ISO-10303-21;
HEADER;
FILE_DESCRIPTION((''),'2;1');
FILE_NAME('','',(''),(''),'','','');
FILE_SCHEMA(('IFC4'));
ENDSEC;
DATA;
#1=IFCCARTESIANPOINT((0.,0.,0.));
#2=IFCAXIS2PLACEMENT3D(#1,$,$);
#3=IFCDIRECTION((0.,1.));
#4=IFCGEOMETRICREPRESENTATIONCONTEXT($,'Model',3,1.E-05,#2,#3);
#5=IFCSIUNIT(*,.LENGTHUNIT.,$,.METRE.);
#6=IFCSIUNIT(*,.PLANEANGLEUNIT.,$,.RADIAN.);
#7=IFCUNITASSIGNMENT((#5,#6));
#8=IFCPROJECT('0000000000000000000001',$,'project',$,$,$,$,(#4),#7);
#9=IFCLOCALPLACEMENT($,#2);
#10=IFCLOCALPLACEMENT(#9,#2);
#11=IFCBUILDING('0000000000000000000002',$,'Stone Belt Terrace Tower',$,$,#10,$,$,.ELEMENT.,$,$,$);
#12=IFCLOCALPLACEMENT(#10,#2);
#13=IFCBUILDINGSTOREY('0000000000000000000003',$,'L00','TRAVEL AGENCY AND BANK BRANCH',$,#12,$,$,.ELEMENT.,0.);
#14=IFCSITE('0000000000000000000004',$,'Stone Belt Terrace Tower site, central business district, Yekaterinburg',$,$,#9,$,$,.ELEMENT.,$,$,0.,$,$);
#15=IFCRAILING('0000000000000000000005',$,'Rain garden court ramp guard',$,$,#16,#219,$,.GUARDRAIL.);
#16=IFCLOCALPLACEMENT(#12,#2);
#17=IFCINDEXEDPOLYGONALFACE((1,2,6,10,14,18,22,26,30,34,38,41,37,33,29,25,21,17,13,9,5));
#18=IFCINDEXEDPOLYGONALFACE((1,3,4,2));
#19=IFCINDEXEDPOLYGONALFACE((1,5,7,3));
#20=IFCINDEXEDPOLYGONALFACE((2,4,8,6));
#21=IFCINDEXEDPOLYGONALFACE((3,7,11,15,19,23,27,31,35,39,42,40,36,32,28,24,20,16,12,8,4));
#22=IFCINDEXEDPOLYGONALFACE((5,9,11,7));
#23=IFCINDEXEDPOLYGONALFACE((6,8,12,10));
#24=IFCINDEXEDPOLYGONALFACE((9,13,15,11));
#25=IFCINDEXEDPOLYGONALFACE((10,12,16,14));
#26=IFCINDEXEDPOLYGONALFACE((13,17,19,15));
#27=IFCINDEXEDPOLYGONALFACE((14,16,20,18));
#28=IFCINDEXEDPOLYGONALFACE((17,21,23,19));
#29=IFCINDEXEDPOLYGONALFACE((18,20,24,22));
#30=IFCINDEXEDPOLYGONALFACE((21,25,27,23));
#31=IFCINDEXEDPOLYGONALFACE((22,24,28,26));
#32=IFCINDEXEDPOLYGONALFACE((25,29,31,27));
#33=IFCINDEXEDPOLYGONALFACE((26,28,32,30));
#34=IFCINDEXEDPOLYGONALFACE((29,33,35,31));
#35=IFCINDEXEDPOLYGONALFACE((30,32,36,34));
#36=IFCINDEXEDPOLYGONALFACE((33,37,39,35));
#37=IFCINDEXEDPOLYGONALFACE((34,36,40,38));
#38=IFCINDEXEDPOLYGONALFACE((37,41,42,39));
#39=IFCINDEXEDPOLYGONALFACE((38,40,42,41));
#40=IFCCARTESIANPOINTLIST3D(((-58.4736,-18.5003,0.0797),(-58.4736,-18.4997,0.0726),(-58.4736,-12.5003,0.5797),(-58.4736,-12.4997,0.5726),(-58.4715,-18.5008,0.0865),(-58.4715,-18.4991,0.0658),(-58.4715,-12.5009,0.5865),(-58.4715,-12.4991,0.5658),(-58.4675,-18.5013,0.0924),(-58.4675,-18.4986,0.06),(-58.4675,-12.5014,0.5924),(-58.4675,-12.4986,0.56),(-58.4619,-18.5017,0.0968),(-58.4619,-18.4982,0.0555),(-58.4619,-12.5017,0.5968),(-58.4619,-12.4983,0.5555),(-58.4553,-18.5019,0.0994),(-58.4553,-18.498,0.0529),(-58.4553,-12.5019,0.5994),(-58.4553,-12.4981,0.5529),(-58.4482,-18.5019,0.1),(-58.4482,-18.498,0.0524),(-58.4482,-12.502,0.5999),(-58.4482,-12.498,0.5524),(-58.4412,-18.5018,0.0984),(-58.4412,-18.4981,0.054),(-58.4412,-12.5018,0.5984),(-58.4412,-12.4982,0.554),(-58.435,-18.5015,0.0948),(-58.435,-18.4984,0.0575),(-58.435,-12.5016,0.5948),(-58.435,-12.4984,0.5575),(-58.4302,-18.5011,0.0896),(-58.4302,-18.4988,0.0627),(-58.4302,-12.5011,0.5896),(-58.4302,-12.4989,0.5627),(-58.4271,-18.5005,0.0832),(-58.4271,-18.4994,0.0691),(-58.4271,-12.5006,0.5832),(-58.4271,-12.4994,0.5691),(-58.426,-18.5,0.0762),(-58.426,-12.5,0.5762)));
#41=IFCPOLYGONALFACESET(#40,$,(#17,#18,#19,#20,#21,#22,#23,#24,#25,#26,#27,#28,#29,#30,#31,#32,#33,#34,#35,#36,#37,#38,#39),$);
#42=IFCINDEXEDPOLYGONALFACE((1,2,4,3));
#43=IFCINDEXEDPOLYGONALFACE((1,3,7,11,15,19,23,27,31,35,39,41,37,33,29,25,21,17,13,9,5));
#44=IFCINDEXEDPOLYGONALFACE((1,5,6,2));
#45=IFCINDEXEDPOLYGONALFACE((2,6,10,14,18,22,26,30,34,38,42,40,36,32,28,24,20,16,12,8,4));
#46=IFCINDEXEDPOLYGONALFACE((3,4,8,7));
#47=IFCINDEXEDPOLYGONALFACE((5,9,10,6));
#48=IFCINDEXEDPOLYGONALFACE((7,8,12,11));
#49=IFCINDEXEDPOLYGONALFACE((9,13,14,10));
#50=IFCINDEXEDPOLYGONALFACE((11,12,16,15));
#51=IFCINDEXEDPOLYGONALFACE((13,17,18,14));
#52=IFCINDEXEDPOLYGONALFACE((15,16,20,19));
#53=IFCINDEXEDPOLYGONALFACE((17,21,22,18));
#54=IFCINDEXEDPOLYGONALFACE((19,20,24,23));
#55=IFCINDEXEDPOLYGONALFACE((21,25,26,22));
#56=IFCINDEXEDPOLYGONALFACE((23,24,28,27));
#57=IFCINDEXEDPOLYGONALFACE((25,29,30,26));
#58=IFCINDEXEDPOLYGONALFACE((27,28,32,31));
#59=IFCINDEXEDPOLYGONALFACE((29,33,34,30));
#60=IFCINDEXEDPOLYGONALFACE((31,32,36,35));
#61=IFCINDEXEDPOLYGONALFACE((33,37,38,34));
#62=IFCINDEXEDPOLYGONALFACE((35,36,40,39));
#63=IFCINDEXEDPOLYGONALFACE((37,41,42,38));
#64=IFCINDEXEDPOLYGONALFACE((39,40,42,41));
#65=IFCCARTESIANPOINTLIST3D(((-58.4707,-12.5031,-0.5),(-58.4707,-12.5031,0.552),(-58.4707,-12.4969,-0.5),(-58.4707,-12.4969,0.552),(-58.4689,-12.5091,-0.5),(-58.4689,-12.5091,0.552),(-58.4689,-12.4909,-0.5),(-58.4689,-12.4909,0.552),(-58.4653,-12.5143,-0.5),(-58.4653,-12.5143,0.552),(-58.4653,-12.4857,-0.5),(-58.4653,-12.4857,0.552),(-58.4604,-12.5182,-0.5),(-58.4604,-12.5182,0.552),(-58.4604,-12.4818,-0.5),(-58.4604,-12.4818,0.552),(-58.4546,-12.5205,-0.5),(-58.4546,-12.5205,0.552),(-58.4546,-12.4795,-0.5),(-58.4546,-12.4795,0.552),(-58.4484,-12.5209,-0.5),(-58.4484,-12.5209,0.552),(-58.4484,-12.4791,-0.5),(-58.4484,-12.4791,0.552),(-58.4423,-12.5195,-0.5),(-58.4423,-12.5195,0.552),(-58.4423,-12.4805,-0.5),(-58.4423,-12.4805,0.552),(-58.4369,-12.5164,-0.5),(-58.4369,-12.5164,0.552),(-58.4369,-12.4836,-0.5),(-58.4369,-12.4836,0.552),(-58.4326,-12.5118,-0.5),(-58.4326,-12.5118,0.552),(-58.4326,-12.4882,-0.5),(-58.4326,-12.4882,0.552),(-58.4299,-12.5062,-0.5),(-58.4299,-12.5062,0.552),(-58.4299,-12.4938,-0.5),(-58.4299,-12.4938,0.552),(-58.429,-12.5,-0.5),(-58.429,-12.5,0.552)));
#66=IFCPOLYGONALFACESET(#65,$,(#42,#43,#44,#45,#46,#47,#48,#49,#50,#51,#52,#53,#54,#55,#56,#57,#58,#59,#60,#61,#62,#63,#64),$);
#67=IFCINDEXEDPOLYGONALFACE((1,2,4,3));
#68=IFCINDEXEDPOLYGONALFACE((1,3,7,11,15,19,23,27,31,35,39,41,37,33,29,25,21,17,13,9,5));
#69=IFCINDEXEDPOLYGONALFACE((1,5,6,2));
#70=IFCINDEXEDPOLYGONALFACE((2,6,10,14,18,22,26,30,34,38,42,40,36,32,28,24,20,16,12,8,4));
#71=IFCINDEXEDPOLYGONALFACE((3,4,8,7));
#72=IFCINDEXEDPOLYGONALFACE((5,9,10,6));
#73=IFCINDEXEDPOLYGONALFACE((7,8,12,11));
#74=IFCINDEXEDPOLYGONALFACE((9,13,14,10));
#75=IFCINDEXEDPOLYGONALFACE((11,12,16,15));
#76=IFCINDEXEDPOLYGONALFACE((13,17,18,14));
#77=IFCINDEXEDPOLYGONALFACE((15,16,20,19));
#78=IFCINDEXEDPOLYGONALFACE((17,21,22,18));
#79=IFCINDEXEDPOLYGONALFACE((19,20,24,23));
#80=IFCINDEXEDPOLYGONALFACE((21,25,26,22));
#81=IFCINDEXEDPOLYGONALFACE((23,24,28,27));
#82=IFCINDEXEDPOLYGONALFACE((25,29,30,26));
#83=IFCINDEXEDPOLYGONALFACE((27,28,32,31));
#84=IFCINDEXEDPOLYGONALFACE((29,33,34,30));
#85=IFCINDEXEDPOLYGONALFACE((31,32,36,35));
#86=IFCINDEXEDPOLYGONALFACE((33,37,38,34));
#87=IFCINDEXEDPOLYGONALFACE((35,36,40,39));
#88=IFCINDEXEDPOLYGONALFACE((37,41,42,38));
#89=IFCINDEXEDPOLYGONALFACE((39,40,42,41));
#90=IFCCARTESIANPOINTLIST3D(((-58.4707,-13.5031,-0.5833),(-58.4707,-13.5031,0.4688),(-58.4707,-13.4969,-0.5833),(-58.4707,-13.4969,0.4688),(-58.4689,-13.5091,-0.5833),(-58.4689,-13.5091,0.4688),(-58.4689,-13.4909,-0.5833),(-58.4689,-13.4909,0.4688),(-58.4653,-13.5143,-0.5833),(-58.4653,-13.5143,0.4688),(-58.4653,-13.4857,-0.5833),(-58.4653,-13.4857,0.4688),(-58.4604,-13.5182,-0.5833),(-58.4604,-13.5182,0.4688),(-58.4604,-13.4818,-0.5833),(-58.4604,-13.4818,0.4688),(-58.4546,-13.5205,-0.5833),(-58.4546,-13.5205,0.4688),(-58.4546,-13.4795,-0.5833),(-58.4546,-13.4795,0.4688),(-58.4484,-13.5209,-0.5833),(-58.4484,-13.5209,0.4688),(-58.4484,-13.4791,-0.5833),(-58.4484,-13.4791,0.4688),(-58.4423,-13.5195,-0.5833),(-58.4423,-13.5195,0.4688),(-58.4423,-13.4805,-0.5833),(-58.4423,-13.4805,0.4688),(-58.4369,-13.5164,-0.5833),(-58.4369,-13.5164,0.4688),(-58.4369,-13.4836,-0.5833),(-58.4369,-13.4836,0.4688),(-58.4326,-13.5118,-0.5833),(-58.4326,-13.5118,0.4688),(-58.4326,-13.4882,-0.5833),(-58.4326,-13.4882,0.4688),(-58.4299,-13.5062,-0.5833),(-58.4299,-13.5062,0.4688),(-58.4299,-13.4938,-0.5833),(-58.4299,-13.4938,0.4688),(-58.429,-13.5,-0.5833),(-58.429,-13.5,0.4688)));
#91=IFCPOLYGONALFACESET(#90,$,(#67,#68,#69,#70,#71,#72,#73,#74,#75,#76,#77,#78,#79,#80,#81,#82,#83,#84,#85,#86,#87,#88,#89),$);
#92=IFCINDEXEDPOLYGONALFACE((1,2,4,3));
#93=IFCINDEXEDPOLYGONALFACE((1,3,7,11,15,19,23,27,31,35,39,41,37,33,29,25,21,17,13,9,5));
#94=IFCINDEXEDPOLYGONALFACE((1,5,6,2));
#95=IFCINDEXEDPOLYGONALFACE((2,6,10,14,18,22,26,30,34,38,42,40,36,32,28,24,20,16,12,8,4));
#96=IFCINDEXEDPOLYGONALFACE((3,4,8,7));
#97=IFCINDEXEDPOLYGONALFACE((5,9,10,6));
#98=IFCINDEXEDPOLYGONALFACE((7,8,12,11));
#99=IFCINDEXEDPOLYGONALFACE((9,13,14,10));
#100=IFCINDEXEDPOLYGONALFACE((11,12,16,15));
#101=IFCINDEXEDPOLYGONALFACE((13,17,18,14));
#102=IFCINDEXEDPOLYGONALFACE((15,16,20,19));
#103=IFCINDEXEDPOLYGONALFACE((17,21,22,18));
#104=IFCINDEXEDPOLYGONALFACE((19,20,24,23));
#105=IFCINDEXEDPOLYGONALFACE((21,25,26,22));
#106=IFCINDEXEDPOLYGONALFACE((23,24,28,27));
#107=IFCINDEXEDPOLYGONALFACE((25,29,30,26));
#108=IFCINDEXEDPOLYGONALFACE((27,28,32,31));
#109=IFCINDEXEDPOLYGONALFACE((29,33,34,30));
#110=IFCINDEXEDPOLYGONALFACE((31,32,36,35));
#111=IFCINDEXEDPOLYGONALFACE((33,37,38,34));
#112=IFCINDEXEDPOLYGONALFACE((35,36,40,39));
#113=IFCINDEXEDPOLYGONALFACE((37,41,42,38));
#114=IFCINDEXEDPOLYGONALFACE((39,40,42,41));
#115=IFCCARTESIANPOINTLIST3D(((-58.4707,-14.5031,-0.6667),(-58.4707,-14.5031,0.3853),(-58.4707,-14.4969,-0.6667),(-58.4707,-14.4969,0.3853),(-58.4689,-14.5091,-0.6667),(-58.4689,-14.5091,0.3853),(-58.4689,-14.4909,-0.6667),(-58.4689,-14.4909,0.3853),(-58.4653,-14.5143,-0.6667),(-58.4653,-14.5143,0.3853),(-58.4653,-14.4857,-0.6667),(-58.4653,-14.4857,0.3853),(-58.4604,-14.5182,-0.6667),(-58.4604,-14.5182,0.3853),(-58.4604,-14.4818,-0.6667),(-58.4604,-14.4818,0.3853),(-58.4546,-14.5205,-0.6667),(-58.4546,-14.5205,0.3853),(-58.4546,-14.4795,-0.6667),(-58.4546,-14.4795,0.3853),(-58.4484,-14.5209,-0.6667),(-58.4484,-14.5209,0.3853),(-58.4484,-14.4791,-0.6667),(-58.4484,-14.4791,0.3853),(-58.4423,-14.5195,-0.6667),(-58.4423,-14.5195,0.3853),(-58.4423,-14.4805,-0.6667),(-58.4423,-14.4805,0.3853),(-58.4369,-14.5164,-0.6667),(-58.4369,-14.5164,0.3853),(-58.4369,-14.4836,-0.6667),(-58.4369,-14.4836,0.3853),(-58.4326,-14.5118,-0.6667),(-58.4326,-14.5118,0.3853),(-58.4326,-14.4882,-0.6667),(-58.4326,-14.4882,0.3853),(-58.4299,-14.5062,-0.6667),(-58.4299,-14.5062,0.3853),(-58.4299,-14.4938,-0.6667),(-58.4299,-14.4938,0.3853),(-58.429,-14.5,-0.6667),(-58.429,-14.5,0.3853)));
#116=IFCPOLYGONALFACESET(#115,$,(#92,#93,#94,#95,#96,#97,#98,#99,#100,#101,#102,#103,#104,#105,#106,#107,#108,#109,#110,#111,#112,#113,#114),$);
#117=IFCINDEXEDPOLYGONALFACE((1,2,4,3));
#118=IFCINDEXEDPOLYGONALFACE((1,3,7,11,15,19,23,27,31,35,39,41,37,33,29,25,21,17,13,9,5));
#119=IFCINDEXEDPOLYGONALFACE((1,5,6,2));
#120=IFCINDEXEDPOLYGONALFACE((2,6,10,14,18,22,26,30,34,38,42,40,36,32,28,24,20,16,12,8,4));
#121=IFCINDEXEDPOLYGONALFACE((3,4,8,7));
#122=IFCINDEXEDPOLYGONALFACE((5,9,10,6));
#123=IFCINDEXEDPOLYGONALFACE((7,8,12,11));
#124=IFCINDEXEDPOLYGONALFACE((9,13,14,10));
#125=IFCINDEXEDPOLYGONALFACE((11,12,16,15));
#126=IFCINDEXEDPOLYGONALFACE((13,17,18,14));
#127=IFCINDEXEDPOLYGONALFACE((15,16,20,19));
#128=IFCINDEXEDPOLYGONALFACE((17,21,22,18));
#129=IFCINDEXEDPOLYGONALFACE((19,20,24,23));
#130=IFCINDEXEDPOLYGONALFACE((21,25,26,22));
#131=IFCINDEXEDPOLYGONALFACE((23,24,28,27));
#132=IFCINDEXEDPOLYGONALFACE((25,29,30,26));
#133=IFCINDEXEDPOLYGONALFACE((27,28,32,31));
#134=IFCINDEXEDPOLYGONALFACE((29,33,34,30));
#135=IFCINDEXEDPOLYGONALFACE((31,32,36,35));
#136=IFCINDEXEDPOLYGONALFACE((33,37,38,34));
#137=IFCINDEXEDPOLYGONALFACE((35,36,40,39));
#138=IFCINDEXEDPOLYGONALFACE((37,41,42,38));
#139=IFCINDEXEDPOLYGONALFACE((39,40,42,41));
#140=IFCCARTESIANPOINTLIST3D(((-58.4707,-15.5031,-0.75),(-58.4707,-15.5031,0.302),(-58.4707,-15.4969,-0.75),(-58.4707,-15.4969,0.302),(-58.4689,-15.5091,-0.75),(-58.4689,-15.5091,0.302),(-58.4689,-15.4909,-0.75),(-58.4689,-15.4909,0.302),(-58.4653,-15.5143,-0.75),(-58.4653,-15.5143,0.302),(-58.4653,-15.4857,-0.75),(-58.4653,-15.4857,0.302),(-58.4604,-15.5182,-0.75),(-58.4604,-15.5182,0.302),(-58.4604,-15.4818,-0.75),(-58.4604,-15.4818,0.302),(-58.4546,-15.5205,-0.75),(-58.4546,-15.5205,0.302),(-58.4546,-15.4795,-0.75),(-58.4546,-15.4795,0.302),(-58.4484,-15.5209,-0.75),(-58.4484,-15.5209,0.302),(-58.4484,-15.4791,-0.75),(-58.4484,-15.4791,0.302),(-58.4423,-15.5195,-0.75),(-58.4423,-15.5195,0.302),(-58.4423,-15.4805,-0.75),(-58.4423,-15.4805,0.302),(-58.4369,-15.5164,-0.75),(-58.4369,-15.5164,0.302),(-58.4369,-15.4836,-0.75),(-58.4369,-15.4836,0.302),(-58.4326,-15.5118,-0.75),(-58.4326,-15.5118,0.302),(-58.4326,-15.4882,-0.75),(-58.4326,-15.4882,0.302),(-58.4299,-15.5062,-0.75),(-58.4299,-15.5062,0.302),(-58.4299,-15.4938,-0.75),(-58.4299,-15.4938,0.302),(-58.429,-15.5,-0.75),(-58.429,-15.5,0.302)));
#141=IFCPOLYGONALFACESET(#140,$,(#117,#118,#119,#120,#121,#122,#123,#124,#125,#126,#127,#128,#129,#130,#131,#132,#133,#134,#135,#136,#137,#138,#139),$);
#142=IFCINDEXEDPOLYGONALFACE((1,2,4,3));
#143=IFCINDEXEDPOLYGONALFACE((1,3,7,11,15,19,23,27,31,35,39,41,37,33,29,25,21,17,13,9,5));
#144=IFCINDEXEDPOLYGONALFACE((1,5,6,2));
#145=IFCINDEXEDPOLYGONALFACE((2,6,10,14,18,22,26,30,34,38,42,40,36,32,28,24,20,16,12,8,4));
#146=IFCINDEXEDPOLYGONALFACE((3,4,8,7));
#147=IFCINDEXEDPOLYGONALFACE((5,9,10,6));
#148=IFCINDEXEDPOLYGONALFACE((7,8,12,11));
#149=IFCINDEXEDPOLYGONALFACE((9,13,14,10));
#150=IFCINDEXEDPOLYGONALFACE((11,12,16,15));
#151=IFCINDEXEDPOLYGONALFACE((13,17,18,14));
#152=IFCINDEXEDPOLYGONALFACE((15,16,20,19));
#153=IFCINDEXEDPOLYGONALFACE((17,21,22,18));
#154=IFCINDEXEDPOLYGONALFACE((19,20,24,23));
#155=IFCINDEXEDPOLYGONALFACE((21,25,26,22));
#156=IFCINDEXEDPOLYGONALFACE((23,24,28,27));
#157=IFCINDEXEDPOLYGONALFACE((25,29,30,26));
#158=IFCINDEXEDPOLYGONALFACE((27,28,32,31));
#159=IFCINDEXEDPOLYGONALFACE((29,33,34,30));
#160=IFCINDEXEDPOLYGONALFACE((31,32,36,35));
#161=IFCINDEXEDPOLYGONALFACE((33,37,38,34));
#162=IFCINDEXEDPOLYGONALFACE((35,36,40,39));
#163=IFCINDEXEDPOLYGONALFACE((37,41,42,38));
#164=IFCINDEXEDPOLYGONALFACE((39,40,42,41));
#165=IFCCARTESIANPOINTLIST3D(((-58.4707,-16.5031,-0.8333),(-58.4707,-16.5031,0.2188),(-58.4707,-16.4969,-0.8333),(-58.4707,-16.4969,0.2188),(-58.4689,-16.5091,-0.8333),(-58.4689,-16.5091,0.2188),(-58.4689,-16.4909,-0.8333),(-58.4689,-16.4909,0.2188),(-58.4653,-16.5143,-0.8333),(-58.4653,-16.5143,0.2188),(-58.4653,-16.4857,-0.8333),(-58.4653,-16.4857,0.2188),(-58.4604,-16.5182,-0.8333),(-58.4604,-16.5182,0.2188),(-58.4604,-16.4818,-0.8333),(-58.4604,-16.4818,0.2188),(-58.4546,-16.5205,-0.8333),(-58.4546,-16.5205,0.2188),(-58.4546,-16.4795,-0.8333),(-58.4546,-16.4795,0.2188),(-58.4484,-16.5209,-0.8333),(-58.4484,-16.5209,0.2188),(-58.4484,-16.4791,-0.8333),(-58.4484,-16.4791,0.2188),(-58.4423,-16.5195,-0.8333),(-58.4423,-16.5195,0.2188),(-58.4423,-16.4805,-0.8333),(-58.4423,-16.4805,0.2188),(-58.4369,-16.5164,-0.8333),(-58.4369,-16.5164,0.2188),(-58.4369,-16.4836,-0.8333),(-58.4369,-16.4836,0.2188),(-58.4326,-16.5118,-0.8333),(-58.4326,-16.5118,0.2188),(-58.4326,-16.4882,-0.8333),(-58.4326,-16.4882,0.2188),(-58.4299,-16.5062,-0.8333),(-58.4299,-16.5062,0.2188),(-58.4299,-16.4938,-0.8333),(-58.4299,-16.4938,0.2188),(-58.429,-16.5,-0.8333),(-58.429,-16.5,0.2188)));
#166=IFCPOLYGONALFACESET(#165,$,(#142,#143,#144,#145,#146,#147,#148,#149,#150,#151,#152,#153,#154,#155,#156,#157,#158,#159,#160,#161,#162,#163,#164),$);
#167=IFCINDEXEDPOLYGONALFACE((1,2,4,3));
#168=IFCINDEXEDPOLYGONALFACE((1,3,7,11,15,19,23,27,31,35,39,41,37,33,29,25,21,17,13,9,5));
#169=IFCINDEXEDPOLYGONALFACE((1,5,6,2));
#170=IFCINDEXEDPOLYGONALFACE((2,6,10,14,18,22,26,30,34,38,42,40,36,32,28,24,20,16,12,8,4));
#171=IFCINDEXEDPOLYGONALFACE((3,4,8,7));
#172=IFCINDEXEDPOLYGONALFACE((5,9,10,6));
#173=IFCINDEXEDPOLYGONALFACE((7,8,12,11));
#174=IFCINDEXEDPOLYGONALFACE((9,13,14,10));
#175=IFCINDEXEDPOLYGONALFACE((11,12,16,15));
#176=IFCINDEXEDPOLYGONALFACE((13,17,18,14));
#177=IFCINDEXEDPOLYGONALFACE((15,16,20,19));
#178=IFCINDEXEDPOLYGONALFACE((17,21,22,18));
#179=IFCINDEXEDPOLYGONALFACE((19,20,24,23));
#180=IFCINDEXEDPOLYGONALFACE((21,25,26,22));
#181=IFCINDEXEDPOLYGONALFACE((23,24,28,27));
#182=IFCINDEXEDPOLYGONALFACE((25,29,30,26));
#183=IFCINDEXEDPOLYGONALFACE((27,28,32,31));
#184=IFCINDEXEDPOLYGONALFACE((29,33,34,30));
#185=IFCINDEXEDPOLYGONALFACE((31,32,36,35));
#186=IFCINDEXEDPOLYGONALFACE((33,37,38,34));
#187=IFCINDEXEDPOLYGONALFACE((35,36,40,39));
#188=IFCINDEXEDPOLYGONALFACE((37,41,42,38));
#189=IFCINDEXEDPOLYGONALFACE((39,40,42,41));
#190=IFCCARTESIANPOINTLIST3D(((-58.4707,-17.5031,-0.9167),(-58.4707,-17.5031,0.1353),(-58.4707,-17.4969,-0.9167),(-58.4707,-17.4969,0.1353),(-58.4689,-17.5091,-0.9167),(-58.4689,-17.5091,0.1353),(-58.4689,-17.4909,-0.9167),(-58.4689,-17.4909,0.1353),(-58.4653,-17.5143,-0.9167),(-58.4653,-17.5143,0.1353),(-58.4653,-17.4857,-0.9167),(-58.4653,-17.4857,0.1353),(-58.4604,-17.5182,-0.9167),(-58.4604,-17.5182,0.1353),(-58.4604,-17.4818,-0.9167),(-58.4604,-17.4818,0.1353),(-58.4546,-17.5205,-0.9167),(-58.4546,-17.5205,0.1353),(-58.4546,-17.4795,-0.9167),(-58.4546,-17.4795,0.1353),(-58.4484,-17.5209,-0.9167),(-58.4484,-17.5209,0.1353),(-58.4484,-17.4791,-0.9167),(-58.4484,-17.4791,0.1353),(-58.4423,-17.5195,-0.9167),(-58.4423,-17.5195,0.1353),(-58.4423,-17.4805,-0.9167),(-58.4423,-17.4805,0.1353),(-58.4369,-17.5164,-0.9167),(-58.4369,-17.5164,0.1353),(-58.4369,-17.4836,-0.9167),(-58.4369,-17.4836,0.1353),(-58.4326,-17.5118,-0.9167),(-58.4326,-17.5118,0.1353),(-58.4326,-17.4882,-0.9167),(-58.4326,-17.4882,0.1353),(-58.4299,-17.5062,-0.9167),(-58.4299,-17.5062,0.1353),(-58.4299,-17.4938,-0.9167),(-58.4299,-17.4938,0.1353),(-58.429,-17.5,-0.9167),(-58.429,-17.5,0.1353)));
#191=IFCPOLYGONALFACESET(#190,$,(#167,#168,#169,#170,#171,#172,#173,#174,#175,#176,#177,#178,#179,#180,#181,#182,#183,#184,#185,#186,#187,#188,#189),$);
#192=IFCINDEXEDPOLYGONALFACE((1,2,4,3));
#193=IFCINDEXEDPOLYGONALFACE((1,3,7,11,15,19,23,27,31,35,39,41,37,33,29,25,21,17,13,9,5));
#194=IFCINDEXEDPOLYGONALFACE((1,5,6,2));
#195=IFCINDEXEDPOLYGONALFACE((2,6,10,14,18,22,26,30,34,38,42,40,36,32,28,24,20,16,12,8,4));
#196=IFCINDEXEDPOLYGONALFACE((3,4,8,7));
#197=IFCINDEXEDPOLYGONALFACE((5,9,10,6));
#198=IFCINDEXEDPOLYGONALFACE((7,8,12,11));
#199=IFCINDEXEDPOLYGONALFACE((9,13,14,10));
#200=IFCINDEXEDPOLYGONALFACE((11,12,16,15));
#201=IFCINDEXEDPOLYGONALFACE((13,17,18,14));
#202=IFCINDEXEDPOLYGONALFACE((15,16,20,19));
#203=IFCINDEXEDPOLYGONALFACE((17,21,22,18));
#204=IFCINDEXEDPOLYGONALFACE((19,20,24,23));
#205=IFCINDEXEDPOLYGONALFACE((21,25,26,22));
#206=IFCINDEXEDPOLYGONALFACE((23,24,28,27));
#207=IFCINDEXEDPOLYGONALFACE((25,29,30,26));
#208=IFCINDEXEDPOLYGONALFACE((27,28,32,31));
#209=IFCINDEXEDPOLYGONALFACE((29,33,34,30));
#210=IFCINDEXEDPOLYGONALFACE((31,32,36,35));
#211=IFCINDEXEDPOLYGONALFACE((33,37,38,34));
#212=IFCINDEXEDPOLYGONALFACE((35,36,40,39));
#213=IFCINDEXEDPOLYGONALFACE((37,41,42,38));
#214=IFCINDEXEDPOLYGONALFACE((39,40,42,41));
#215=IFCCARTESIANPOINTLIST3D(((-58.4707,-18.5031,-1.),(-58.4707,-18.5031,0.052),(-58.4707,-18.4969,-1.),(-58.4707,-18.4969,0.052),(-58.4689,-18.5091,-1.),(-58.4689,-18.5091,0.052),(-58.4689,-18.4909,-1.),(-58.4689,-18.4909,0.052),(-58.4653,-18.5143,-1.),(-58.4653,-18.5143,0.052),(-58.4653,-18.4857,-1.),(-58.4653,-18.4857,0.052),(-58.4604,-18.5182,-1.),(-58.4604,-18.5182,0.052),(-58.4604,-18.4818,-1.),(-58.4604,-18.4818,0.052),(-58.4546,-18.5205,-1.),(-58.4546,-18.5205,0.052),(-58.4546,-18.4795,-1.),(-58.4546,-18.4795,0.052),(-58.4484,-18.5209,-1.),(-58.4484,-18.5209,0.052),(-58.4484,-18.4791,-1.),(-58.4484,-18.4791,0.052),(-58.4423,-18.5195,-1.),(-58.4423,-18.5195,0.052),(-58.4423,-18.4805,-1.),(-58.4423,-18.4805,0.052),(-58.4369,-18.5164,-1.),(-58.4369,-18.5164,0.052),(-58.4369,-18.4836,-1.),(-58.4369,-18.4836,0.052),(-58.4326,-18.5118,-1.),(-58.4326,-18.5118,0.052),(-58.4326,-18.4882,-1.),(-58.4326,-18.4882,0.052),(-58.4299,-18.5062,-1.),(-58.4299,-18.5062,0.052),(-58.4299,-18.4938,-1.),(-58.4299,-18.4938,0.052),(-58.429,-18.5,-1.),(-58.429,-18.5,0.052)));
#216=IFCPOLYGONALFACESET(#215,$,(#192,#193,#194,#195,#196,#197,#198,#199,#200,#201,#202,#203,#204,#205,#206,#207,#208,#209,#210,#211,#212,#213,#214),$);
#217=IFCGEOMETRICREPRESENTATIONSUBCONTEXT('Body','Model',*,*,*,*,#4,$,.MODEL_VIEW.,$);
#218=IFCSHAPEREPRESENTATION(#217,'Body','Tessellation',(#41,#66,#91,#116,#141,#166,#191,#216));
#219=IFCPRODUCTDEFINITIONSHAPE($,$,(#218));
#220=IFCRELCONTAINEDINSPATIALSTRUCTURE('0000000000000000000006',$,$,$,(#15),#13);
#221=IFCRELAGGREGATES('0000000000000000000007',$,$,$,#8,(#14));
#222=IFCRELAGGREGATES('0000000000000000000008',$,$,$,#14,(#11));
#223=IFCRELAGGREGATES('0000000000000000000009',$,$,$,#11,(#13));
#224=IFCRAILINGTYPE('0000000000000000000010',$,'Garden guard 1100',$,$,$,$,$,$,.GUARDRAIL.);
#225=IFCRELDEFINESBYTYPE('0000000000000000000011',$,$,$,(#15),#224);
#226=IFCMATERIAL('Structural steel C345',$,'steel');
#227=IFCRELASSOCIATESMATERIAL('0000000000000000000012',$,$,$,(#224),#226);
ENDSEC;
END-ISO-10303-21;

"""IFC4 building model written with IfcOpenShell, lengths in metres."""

from ifc_helpers import new_model, si_unit, direction, frame, origin, origin_2d, place, context, subcontext, project, spatial, circle, extrude, material, type_object, element, save


model = new_model("IFC4")

# Units and contexts
model_context = context("Model", 3, precision=1e-05, world=origin(), true_north=direction((0.0, 1.0)))
body_context = subcontext(model_context, "Body", "Model", "MODEL_VIEW")
ifc_project = project(units=[si_unit("LENGTHUNIT", "METRE"), si_unit("PLANEANGLEUNIT", "RADIAN")], contexts=[model_context])

# Site, building, storey
site_placement = place(None, origin())
site = spatial("IfcSite", under=ifc_project, at=site_placement, Name="Stone Belt Terrace Tower site, central business district, Yekaterinburg", CompositionType="ELEMENT", RefElevation=0.0)
building_placement = place(site_placement, origin())
building = spatial("IfcBuilding", under=site, at=building_placement, Name="Stone Belt Terrace Tower", CompositionType="ELEMENT")
storey_placement = place(building_placement, origin())
storey = spatial("IfcBuildingStorey", under=building, at=storey_placement, Name="L00", Description="TRAVEL AGENCY AND BANK BRANCH", CompositionType="ELEMENT", Elevation=0.0)

# Railing
ifc_material_1 = material(Name="Structural steel C345", Category="steel")
railing_type_1 = type_object("IfcRailingType", Name="Garden guard 1100", PredefinedType="GUARDRAIL", material=ifc_material_1)
railing_1_placement = place(storey_placement, frame((-58.45, -12.5, -0.5)))
element("IfcRailing", 1, at=railing_1_placement, inside=storey, type_object=railing_type_1, Name="Rain garden court ramp guard", PredefinedType="GUARDRAIL", context=body_context, shape_type="SweptSolid", body=[
    extrude(circle(Radius=0.0239, at=origin_2d()), frame((0.0, 0.0, 1.0762), z_axis=(0.0, -0.996546, -0.083045), x_axis=(1.0, 0.0, 0.0)), (0.0, 0.0, 1.0), 6.0208),
    extrude(circle(Radius=0.021, at=origin_2d()), origin(), (0.0, 0.0, 1.0), 1.052),
    extrude(circle(Radius=0.021, at=origin_2d()), frame((0.0, -1.0, -0.0833)), (0.0, 0.0, 1.0), 1.052),
    extrude(circle(Radius=0.021, at=origin_2d()), frame((0.0, -2.0, -0.1667)), (0.0, 0.0, 1.0), 1.052),
    extrude(circle(Radius=0.021, at=origin_2d()), frame((0.0, -3.0, -0.25)), (0.0, 0.0, 1.0), 1.052),
    extrude(circle(Radius=0.021, at=origin_2d()), frame((0.0, -4.0, -0.3333)), (0.0, 0.0, 1.0), 1.052),
    extrude(circle(Radius=0.021, at=origin_2d()), frame((0.0, -5.0, -0.4167)), (0.0, 0.0, 1.0), 1.052),
    extrude(circle(Radius=0.021, at=origin_2d()), frame((0.0, -6.0, -0.5)), (0.0, 0.0, 1.0), 1.052),
])

save(model, "model.ifc")
